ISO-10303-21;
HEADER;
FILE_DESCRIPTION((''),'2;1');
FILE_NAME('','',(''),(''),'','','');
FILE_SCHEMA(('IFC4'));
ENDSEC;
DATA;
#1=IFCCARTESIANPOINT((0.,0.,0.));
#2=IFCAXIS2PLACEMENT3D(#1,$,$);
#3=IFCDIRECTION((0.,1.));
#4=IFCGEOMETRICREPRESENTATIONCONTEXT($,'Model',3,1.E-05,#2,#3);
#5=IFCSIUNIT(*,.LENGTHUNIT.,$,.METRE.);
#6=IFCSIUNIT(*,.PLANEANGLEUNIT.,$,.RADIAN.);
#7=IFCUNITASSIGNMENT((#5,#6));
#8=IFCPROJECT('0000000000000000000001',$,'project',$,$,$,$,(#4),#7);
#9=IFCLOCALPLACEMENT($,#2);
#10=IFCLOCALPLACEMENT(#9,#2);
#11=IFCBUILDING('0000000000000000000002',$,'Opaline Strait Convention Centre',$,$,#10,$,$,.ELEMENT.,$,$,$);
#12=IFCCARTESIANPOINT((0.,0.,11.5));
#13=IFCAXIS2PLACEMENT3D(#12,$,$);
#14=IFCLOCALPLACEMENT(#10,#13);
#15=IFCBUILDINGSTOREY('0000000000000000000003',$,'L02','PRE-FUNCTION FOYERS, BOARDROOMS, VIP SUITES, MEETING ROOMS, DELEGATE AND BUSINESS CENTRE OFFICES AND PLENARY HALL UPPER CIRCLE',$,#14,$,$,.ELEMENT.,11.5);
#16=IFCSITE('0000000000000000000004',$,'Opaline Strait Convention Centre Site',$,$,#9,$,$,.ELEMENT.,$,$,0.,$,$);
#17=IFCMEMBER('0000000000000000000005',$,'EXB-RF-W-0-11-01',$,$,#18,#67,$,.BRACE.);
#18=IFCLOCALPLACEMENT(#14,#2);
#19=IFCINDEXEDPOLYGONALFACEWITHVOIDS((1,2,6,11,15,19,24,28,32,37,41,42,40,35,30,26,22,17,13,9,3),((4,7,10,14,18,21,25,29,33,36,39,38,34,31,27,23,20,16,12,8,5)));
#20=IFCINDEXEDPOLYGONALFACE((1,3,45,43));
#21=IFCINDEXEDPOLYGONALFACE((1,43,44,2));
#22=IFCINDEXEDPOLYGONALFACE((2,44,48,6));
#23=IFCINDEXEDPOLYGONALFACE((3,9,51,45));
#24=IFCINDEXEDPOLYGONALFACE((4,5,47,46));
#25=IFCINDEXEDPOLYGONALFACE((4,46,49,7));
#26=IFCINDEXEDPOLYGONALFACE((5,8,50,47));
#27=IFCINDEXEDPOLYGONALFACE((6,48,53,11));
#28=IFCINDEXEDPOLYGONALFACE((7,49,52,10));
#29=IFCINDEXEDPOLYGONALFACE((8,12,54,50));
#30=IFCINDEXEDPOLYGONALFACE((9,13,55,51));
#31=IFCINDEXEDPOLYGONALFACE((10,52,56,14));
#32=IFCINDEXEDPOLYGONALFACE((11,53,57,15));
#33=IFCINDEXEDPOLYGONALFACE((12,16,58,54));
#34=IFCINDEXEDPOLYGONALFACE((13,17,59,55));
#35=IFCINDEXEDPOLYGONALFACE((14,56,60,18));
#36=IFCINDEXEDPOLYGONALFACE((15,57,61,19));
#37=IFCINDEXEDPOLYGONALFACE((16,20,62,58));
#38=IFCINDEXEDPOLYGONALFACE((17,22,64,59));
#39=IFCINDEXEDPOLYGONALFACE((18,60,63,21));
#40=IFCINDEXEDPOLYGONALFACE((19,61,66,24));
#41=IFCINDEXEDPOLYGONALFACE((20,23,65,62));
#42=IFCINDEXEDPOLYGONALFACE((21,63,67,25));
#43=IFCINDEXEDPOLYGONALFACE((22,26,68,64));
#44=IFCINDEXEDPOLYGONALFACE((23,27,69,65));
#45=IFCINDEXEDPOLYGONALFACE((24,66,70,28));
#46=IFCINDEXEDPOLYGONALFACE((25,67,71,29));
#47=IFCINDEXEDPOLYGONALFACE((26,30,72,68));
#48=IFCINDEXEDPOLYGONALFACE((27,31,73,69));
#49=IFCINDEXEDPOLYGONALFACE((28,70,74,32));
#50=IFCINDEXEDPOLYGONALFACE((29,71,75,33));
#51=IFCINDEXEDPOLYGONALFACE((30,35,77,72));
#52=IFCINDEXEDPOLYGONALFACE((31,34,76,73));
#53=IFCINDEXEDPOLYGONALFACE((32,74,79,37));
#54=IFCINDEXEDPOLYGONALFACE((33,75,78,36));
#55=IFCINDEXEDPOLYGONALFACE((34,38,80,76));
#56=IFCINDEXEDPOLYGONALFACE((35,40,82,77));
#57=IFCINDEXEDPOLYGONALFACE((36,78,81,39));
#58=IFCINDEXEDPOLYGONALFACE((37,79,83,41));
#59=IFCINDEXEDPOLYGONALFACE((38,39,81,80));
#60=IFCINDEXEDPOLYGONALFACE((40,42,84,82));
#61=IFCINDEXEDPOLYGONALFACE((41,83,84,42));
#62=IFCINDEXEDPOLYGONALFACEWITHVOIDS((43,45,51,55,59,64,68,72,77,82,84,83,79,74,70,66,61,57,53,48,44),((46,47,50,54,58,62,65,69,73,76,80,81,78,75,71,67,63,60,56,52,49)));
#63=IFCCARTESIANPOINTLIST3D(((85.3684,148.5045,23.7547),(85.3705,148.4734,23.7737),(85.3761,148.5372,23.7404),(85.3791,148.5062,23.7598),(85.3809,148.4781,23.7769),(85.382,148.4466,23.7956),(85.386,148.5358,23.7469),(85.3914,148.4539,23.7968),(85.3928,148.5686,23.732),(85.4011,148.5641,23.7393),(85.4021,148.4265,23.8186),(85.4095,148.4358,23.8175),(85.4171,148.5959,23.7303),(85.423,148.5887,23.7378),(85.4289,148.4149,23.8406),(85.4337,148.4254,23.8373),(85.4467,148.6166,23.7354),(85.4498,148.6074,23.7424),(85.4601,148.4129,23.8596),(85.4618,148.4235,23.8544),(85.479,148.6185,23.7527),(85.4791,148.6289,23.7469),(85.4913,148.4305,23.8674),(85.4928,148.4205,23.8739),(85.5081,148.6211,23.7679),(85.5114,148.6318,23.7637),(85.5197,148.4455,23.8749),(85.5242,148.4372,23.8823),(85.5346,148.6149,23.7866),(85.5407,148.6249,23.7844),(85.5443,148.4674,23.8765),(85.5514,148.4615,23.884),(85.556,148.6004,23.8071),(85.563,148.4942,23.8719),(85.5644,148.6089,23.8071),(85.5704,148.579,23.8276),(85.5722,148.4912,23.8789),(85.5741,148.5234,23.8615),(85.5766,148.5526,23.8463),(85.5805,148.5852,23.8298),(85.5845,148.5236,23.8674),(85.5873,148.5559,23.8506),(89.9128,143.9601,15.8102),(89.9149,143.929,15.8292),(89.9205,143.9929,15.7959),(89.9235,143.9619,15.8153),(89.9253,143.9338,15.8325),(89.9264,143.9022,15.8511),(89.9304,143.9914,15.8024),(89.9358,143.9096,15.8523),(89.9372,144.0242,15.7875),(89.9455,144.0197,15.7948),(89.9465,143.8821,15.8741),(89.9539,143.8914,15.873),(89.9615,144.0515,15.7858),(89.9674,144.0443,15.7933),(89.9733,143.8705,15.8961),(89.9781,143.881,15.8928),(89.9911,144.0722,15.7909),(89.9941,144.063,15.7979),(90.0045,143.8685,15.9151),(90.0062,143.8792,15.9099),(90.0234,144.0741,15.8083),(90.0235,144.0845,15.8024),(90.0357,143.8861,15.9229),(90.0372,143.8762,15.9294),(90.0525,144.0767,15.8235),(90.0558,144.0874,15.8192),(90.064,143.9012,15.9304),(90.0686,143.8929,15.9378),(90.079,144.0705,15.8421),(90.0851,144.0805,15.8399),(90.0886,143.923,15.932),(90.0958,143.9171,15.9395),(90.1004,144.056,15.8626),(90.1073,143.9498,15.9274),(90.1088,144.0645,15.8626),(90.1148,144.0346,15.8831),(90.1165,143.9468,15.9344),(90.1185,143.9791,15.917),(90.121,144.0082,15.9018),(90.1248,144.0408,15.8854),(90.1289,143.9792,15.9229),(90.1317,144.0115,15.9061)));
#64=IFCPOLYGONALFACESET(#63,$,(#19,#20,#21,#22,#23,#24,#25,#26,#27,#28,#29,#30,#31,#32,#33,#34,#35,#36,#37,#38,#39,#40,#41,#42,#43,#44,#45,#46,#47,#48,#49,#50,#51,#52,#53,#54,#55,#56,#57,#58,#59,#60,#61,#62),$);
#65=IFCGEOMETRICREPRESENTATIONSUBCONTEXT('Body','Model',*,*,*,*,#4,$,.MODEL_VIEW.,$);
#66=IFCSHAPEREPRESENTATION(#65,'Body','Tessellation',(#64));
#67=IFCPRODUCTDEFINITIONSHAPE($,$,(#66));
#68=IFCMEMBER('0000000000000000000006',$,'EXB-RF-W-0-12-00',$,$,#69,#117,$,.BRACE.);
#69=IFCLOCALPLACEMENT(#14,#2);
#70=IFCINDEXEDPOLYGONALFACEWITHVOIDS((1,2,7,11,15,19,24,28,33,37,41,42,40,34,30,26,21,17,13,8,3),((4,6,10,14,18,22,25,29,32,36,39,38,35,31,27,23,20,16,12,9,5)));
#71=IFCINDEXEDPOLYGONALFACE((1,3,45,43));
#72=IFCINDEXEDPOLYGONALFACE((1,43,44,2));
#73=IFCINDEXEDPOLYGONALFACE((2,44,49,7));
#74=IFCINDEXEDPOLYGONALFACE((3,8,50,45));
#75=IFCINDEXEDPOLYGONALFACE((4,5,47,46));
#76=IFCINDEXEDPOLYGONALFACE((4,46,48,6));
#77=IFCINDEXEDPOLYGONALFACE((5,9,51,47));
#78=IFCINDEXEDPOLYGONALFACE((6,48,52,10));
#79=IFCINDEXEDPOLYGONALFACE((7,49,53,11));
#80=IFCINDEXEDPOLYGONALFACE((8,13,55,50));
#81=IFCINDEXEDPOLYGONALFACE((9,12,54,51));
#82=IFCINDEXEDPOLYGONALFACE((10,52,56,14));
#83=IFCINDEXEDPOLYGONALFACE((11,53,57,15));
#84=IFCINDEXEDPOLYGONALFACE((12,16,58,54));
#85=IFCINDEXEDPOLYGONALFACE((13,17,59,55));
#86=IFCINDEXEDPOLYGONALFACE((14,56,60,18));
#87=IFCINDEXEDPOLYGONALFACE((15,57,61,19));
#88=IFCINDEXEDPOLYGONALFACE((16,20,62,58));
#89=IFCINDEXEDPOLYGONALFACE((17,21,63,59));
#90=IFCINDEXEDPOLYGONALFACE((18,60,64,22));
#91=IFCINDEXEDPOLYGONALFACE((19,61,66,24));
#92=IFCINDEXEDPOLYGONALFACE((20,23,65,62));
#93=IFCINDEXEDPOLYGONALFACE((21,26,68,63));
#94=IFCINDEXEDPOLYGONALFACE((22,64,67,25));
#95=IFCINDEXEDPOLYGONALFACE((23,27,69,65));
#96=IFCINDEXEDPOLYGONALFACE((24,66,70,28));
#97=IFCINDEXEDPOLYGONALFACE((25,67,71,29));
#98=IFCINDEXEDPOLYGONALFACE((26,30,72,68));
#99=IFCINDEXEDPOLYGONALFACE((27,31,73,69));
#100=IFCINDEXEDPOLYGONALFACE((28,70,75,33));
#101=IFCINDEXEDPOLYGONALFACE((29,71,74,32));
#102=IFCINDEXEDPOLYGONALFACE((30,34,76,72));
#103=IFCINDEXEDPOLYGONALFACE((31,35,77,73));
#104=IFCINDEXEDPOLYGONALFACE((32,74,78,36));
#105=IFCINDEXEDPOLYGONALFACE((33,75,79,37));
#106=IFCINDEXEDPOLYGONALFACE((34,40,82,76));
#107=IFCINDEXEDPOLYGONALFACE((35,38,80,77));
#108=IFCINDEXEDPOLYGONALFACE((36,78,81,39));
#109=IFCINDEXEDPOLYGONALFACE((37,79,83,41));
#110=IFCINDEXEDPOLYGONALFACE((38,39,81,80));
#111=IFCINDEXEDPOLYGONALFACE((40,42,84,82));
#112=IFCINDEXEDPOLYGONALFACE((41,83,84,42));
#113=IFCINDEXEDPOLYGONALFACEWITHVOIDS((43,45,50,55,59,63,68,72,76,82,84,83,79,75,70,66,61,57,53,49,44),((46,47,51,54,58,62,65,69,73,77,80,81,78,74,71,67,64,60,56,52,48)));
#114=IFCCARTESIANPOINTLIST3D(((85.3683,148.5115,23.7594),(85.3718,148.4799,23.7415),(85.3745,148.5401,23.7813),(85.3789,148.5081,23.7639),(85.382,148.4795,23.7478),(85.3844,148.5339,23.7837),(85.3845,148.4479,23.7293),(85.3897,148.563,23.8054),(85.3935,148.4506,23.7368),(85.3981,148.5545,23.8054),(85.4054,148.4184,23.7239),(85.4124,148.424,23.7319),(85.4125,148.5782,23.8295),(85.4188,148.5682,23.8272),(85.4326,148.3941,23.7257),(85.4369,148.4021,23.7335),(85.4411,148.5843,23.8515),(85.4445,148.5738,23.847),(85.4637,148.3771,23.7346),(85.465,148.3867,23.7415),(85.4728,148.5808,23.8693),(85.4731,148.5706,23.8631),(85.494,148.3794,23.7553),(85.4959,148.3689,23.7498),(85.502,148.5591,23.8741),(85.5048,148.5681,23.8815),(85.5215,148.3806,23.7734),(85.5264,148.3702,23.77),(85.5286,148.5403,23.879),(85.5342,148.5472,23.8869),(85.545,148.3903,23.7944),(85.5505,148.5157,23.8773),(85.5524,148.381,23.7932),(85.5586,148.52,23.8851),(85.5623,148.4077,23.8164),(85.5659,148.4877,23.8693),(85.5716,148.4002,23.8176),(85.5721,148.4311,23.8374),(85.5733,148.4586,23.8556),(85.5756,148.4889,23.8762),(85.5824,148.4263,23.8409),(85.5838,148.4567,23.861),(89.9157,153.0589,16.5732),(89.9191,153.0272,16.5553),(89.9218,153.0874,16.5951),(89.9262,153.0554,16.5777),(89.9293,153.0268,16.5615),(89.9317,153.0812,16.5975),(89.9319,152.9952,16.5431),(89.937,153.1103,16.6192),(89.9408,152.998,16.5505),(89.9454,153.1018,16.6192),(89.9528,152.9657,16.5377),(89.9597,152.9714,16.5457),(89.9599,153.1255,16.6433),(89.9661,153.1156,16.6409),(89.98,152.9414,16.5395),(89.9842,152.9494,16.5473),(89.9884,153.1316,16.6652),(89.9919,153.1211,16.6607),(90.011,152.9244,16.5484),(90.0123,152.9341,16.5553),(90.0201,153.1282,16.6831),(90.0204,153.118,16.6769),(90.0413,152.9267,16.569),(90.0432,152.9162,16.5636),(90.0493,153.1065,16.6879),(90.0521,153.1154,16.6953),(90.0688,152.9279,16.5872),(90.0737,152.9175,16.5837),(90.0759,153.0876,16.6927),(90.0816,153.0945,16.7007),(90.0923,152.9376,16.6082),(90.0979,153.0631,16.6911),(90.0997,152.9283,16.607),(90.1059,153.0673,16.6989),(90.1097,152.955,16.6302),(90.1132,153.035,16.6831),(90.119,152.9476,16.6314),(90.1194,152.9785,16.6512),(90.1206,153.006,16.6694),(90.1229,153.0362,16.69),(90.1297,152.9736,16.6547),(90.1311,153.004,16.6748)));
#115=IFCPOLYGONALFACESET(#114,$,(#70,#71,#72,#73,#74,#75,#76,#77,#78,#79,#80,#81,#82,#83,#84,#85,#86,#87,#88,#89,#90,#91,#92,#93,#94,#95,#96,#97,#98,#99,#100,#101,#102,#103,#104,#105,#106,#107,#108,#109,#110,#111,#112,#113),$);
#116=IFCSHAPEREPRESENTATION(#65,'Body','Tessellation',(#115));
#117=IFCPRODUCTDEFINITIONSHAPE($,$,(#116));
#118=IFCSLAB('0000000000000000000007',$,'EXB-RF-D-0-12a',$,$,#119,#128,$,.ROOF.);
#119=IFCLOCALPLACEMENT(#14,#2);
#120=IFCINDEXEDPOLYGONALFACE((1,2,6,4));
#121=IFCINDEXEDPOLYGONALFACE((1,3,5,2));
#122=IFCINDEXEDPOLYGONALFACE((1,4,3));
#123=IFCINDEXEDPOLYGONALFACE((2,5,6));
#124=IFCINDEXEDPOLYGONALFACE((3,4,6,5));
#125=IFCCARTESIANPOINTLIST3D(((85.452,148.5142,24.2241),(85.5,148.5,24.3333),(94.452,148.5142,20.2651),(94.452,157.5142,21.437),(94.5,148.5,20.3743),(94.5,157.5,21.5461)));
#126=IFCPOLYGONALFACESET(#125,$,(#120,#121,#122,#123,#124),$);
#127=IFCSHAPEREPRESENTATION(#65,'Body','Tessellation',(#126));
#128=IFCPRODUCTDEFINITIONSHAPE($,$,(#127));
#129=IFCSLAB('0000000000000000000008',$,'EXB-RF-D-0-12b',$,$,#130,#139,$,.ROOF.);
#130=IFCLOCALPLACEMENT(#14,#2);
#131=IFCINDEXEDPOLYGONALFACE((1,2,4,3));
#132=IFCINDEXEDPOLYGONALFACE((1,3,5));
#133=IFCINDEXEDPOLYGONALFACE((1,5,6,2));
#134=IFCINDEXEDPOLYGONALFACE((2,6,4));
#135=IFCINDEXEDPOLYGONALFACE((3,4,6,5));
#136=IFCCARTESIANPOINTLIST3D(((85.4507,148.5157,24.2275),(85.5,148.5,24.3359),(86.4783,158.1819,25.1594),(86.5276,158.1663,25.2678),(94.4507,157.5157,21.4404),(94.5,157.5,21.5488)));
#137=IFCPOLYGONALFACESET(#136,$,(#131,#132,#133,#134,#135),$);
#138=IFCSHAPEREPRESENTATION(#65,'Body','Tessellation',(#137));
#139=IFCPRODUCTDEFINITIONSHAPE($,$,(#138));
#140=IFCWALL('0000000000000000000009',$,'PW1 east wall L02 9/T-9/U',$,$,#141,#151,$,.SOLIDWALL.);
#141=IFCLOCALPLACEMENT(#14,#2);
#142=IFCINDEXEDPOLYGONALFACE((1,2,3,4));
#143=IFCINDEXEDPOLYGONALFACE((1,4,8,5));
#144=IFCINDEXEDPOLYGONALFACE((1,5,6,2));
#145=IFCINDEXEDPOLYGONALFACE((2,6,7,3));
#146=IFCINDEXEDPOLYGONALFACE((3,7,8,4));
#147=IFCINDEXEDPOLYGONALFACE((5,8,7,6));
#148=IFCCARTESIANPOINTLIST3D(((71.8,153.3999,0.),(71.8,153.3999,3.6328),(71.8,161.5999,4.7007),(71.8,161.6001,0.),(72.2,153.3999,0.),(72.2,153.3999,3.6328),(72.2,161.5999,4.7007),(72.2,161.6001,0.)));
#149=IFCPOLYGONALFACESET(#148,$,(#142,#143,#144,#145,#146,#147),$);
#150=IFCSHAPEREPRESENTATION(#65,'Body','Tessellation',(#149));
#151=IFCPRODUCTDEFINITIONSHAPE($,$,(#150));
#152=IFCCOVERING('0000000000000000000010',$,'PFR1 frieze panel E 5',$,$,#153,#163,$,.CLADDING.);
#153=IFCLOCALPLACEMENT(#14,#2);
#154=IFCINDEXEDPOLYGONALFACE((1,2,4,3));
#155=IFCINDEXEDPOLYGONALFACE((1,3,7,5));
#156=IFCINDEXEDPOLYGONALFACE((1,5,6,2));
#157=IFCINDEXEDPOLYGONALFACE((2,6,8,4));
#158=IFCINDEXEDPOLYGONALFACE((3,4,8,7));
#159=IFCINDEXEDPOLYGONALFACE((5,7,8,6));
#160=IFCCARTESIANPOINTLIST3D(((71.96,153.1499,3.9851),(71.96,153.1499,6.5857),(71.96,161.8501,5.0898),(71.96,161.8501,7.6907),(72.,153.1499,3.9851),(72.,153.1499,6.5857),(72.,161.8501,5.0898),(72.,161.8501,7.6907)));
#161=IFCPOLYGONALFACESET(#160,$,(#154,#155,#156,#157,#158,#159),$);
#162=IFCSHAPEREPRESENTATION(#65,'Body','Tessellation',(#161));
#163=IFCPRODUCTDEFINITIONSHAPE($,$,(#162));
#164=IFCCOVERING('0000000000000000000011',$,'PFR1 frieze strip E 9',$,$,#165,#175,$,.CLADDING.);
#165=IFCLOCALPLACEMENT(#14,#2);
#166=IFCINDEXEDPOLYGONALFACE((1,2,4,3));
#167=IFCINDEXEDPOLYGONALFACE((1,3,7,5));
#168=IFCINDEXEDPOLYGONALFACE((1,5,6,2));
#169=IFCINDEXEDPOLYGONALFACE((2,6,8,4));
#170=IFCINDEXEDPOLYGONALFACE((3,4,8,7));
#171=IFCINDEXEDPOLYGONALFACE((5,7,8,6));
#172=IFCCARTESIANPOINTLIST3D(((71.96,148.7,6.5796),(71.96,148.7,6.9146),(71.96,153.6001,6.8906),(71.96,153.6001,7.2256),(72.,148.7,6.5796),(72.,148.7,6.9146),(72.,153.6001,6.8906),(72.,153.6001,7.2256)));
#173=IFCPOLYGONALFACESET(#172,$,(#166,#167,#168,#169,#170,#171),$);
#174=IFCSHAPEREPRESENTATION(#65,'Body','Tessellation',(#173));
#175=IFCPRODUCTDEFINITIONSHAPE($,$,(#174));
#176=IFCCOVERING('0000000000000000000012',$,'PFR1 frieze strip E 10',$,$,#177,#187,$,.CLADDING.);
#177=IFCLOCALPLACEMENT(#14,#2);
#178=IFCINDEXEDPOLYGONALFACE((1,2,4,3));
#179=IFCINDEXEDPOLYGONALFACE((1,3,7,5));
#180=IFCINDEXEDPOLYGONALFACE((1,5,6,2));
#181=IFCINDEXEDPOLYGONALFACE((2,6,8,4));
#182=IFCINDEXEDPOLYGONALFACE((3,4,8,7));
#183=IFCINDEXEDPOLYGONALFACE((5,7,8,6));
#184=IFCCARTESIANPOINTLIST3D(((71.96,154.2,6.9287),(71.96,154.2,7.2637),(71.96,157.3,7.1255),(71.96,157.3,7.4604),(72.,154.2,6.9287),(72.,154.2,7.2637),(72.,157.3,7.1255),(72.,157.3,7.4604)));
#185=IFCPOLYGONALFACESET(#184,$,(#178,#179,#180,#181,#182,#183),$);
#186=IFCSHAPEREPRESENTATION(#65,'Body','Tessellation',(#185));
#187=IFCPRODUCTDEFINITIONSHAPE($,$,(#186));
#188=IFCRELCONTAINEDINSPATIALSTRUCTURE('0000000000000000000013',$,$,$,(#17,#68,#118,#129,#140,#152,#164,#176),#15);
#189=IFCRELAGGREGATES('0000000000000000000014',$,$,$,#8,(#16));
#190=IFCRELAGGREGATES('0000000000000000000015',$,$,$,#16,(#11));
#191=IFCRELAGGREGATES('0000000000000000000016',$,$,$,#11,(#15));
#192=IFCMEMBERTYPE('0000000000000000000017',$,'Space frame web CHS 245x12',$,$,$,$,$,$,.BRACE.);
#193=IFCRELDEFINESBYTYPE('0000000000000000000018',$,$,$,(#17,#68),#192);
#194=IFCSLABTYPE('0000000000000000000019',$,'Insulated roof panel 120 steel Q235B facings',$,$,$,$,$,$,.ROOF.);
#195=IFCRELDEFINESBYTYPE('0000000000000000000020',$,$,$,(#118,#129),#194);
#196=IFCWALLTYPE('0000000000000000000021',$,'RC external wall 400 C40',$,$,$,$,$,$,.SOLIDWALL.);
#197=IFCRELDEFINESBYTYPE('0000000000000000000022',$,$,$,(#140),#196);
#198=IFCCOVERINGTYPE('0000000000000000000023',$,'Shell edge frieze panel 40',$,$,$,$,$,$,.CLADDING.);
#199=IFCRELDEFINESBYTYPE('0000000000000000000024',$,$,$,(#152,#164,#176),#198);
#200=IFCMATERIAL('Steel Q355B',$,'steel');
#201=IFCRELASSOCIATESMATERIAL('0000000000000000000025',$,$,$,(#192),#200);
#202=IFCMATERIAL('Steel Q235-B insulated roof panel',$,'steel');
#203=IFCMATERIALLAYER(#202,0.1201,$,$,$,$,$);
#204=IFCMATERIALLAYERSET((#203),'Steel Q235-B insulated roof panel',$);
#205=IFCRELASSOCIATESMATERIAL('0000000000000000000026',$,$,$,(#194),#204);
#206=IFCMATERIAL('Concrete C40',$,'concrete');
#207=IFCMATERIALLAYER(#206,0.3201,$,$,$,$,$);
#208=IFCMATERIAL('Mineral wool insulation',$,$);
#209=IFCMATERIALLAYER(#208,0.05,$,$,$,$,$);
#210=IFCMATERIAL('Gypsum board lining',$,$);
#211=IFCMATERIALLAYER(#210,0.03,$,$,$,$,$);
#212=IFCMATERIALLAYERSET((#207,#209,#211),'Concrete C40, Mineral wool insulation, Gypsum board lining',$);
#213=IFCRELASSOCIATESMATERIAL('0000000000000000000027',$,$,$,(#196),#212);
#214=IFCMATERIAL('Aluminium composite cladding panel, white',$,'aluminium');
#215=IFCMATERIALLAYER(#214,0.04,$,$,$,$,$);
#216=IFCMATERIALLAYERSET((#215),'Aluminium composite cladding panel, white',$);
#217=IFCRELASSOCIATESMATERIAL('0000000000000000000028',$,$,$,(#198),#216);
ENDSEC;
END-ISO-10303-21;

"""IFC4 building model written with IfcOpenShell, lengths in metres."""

from ifc_helpers import new_model, si_unit, direction, frame, origin, origin_2d, place, context, subcontext, project, spatial, polyline, hollow_circle, outline, extrude, material, layer, layer_set, material_profile, profile_set, type_object, element, save


model = new_model("IFC4")

# Units and contexts
model_context = context("Model", 3, precision=1e-05, world=origin(), true_north=direction((0.0, 1.0)))
body_context = subcontext(model_context, "Body", "Model", "MODEL_VIEW")
ifc_project = project(units=[si_unit("LENGTHUNIT", "METRE"), si_unit("PLANEANGLEUNIT", "RADIAN")], contexts=[model_context])

# Site, building, storey
site_placement = place(None, origin())
site = spatial("IfcSite", under=ifc_project, at=site_placement, Name="Opaline Strait Convention Centre Site", CompositionType="ELEMENT", RefElevation=0.0)
building_placement = place(site_placement, origin())
building = spatial("IfcBuilding", under=site, at=building_placement, Name="Opaline Strait Convention Centre", CompositionType="ELEMENT")
storey_placement = place(building_placement, frame((0.0, 0.0, 11.5)))
storey = spatial("IfcBuildingStorey", under=building, at=storey_placement, Name="L02", Description="PRE-FUNCTION FOYERS, BOARDROOMS, VIP SUITES, MEETING ROOMS, DELEGATE AND BUSINESS CENTRE OFFICES AND PLENARY HALL UPPER CIRCLE", CompositionType="ELEMENT", Elevation=11.5)

# Shared definitions
ifc_material_1 = material(Name="Concrete C40", Category="concrete")

# Members
ifc_material_2 = material(Name="Steel Q355B", Category="steel")
ifc_material_profile_1 = material_profile(ifc_material_2, hollow_circle(Radius=0.1226, WallThickness=0.012, at=origin_2d()), Name="CHS 245x12")
ifc_profile_set_1 = profile_set([ifc_material_profile_1], Name="Steel Q355B")
member_type_1 = type_object("IfcMemberType", Name="Space frame web CHS 245x12", PredefinedType="BRACE", material=ifc_profile_set_1)
member_1_placement = place(storey_placement, frame((85.4778, 148.5222, 23.8071), z_axis=(0.444721, -0.444721, -0.777461), x_axis=(0.707107, 0.707107, 0.0)))
element("IfcMember", 1, at=member_1_placement, inside=storey, type_object=member_type_1, Name="EXB-RF-W-0-11-01", PredefinedType="BRACE", context=body_context, shape_type="SweptSolid", body=[
    extrude(hollow_circle(Radius=0.1226, WallThickness=0.012, at=origin_2d()), origin(), (0.0, 0.0, 1.0), 10.2185),
])
member_2_placement = place(storey_placement, frame((85.4763, 148.4763, 23.8054), z_axis=(0.471541, 0.471541, -0.745184), x_axis=(-0.707107, 0.707107, 0.0)))
element("IfcMember", 2, at=member_2_placement, inside=storey, type_object=member_type_1, Name="EXB-RF-W-0-12-00", PredefinedType="BRACE", context=body_context, shape_type="SweptSolid", body=[
    extrude(hollow_circle(Radius=0.1226, WallThickness=0.012, at=origin_2d()), origin(), (0.0, 0.0, 1.0), 9.6436),
])

# Slabs
ifc_material_3 = material(Name="Steel Q235-B insulated roof panel", Category="steel")
ifc_layer_1 = layer(ifc_material_3, 0.1201)
ifc_layer_set_1 = layer_set([ifc_layer_1], Name="Steel Q235-B insulated roof panel")
slab_type = type_object("IfcSlabType", Name="Insulated roof panel 120 steel Q235B facings", PredefinedType="ROOF", material=ifc_layer_set_1)
slab_1_placement = place(storey_placement, frame((85.5, 148.5, 24.3333), z_axis=(0.399822, -0.118349, 0.90892), x_axis=(0.915353, 0.0, -0.402652)))
element("IfcSlab", 3, at=slab_1_placement, inside=storey, type_object=slab_type, Name="EXB-RF-D-0-12a", PredefinedType="ROOF", context=body_context, shape_type="SweptSolid", body=[
    extrude(outline(polyline([(0.0, 0.0), (9.8323, 0.0), (9.3604, 9.0637), (0.0, 0.0)])), origin(), (0.0, 0.0, -1.0), 0.1201),
])
slab_2_placement = place(storey_placement, frame((85.5, 148.5, 24.3359), z_axis=(0.410141, -0.130619, 0.90262), x_axis=(0.69074, 0.69074, -0.213908)))
element("IfcSlab", 4, at=slab_2_placement, inside=storey, type_object=slab_type, Name="EXB-RF-D-0-12b", PredefinedType="ROOF", context=body_context, shape_type="SweptSolid", body=[
    extrude(outline(polyline([(0.0, 0.0), (13.0295, 0.0), (7.1873, 6.6108), (0.0, 0.0)])), origin(), (0.0, 0.0, -1.0), 0.1201),
])

# Wall
ifc_layer_2 = layer(ifc_material_1, 0.3201)
ifc_material_4 = material(Name="Mineral wool insulation")
ifc_layer_3 = layer(ifc_material_4, 0.05)
ifc_material_5 = material(Name="Gypsum board lining")
ifc_layer_4 = layer(ifc_material_5, 0.03)
ifc_layer_set_2 = layer_set([ifc_layer_2, ifc_layer_3, ifc_layer_4], Name="Concrete C40, Mineral wool insulation, Gypsum board lining")
wall_type = type_object("IfcWallType", Name="RC external wall 400 C40", PredefinedType="SOLIDWALL", material=ifc_layer_set_2)
wall_placement = place(storey_placement, frame((72.0, 153.3999, 0.0), z_axis=(0.0, 0.0, 1.0), x_axis=(0.0, 1.0, 0.0)))
element("IfcWall", 5, at=wall_placement, inside=storey, type_object=wall_type, Name="PW1 east wall L02 9/T-9/U", PredefinedType="SOLIDWALL", context=body_context, shape_type="SweptSolid", body=[
    extrude(outline(polyline([(0.0, 0.0), (8.2002, 0.0), (8.2, 4.7007), (0.0, 3.6328), (0.0, 0.0)])), frame((0.0, 0.2, 0.0), z_axis=(0.0, -1.0, 0.0), x_axis=(1.0, 0.0, 0.0)), (0.0, 0.0, 1.0), 0.3999),
])

# Coverings
ifc_material_6 = material(Name="Aluminium composite cladding panel, white", Category="aluminium")
ifc_layer_5 = layer(ifc_material_6, 0.04)
ifc_layer_set_3 = layer_set([ifc_layer_5], Name="Aluminium composite cladding panel, white")
covering_type = type_object("IfcCoveringType", Name="Shell edge frieze panel 40", PredefinedType="CLADDING", material=ifc_layer_set_3)
covering_1_placement = place(storey_placement, frame((72.0, 153.1499, 3.9851), z_axis=(1.0, 0.0, 0.0), x_axis=(0.0, 0.992034, 0.125967)))
element("IfcCovering", 6, at=covering_1_placement, inside=storey, type_object=covering_type, Name="PFR1 frieze panel E 5", PredefinedType="CLADDING", context=body_context, shape_type="SweptSolid", body=[
    extrude(outline(polyline([(0.0, 0.0), (8.7701, 0.0), (9.0977, 2.5801), (0.3276, 2.5799), (0.0, 0.0)])), origin(), (0.0, 0.0, -1.0), 0.04),
])
covering_2_placement = place(storey_placement, frame((72.0, 148.7, 6.5796), z_axis=(1.0, 0.0, 0.0), x_axis=(0.0, 0.997992, 0.063347)))
element("IfcCovering", 7, at=covering_2_placement, inside=storey, type_object=covering_type, Name="PFR1 frieze strip E 9", PredefinedType="CLADDING", context=body_context, shape_type="SweptSolid", body=[
    extrude(outline(polyline([(0.0, 0.0), (4.91, 0.0), (4.9312, 0.3343), (0.0212, 0.3343), (0.0, 0.0)])), origin(), (0.0, 0.0, -1.0), 0.04),
])
covering_3_placement = place(storey_placement, frame((72.0, 154.2, 6.9287), z_axis=(1.0, 0.0, 0.0), x_axis=(0.0, 0.997992, 0.063347)))
element("IfcCovering", 8, at=covering_3_placement, inside=storey, type_object=covering_type, Name="PFR1 frieze strip E 10", PredefinedType="CLADDING", context=body_context, shape_type="SweptSolid", body=[
    extrude(outline(polyline([(0.0, 0.0), (3.1063, 0.0), (3.1276, 0.3343), (0.0212, 0.3343), (0.0, 0.0)])), origin(), (0.0, 0.0, -1.0), 0.04),
])

save(model, "model.ifc")
